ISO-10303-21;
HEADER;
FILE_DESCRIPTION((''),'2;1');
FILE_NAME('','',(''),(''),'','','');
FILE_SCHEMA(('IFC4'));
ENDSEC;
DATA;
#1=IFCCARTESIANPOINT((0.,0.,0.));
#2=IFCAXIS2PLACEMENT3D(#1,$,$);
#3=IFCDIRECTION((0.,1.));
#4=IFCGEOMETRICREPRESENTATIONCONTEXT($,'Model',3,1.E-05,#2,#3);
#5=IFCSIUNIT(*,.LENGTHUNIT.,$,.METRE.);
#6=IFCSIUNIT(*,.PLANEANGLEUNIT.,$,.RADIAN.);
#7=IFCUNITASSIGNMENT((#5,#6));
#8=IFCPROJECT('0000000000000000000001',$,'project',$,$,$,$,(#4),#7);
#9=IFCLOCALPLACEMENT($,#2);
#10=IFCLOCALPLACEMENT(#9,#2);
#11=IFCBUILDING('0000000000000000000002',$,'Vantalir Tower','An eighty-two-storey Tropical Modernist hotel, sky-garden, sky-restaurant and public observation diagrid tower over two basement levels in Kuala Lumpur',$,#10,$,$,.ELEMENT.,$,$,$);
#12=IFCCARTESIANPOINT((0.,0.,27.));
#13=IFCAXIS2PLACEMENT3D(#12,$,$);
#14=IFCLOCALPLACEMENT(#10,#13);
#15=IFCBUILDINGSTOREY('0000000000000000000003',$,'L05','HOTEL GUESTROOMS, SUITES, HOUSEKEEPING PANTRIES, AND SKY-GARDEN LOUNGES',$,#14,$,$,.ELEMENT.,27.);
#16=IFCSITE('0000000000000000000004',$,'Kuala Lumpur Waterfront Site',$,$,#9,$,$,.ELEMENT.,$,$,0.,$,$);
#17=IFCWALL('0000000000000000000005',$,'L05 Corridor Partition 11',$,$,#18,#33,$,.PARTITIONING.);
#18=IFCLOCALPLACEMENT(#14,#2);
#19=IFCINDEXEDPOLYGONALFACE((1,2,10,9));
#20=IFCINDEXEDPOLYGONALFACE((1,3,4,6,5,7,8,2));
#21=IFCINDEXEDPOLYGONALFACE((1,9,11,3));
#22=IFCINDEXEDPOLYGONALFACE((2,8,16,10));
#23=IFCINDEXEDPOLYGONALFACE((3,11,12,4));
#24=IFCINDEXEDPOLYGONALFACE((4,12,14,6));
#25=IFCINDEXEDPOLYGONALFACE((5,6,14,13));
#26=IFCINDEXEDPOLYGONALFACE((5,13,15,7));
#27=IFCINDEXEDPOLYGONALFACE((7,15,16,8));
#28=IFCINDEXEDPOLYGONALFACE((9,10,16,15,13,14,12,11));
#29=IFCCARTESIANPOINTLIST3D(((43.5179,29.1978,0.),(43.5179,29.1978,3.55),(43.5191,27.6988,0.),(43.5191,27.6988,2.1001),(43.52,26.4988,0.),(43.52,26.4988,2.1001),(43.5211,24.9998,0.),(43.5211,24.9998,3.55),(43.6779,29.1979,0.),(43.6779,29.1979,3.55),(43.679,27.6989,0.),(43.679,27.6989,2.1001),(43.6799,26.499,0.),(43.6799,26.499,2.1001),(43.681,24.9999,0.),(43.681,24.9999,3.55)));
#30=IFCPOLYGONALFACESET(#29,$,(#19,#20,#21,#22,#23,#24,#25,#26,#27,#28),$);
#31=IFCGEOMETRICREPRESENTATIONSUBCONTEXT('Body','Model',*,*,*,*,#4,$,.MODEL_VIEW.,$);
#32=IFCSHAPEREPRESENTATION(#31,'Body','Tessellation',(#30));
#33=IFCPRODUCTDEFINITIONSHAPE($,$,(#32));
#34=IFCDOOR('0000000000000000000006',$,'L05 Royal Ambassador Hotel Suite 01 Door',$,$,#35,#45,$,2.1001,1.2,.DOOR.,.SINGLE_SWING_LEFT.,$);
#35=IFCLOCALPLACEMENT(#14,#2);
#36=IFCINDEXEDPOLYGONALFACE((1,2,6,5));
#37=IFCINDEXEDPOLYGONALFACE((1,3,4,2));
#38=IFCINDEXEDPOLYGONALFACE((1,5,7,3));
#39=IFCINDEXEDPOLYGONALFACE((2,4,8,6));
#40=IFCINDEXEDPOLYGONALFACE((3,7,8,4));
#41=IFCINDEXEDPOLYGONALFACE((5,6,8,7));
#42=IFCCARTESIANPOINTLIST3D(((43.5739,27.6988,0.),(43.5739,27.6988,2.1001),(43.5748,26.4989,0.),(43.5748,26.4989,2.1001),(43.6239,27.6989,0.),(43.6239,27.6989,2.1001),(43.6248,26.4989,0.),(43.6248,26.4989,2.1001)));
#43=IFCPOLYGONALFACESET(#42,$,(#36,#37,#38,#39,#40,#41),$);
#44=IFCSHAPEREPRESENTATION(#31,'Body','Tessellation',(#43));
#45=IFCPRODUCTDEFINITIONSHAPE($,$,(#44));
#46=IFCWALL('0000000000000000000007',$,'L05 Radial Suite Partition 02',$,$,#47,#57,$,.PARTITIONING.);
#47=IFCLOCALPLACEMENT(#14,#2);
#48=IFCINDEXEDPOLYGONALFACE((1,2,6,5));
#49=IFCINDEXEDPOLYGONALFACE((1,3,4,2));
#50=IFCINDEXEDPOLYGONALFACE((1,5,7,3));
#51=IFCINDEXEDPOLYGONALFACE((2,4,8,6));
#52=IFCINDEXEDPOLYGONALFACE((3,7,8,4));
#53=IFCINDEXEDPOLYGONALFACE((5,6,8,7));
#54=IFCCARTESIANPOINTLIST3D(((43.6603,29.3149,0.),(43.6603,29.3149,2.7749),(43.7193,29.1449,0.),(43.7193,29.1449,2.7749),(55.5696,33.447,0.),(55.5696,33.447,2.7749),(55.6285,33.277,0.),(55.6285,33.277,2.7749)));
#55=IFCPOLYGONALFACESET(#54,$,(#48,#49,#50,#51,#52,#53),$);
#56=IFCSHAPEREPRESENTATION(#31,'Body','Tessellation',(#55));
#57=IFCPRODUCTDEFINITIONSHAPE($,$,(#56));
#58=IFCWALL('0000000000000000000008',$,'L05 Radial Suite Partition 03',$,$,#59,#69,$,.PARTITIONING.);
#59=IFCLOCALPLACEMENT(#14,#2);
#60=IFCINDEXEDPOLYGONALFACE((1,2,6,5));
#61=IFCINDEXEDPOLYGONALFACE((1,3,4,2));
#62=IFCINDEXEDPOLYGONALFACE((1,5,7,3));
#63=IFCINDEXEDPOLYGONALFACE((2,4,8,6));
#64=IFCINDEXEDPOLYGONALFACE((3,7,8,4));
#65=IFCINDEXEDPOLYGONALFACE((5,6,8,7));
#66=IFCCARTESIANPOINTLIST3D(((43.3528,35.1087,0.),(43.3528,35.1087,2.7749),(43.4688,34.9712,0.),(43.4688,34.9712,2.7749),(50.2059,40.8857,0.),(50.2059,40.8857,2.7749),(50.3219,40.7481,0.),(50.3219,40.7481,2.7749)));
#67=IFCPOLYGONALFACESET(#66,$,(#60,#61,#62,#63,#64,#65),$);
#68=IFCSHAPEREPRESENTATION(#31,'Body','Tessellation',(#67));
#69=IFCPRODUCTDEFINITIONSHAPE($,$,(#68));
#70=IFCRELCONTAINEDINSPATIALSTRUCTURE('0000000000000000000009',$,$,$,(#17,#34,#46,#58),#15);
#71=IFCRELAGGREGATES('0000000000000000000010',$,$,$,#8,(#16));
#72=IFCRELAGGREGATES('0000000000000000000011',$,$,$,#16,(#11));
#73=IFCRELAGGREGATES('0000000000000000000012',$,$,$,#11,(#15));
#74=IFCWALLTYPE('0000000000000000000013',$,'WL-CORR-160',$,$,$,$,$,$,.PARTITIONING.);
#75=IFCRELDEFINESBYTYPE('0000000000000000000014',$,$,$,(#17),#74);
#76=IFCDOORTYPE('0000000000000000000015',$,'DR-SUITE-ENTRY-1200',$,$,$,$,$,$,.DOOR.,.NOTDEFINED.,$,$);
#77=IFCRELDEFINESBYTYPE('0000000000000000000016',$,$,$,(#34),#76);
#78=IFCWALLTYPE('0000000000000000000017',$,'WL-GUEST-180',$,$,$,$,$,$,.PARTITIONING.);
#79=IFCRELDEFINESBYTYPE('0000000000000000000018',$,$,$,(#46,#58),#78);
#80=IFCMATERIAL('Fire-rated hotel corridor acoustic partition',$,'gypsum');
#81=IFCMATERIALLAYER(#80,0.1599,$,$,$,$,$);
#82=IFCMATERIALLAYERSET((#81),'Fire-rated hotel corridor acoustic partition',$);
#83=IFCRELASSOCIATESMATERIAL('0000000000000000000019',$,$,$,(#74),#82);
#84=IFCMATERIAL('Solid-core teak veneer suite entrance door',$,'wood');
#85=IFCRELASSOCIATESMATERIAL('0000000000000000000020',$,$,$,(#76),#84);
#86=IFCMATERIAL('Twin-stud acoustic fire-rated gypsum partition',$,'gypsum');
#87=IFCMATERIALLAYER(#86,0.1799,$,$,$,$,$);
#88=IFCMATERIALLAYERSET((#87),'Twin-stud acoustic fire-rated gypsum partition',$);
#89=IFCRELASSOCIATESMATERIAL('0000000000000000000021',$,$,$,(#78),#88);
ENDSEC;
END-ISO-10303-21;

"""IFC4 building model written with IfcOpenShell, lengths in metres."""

from ifc_helpers import new_model, si_unit, direction, frame, frame_2d, origin, place, context, subcontext, project, spatial, rectangle, extrude, material, layer, layer_set, type_object, element, fill, save


model = new_model("IFC4")

# Units and contexts
model_context = context("Model", 3, precision=1e-05, world=origin(), true_north=direction((0.0, 1.0)))
body_context = subcontext(model_context, "Body", "Model", "MODEL_VIEW")
ifc_project = project(units=[si_unit("LENGTHUNIT", "METRE"), si_unit("PLANEANGLEUNIT", "RADIAN")], contexts=[model_context])

# Site, building, storey
site_placement = place(None, origin())
site = spatial("IfcSite", under=ifc_project, at=site_placement, Name="Kuala Lumpur Waterfront Site", CompositionType="ELEMENT", RefElevation=0.0)
building_placement = place(site_placement, origin())
building = spatial("IfcBuilding", under=site, at=building_placement, Name="Vantalir Tower", Description="An eighty-two-storey Tropical Modernist hotel, sky-garden, sky-restaurant and public observation diagrid tower over two basement levels in Kuala Lumpur", CompositionType="ELEMENT")
storey_placement = place(building_placement, frame((0.0, 0.0, 27.0)))
storey = spatial("IfcBuildingStorey", under=building, at=storey_placement, Name="L05", Description="HOTEL GUESTROOMS, SUITES, HOUSEKEEPING PANTRIES, AND SKY-GARDEN LOUNGES", CompositionType="ELEMENT", Elevation=27.0)

# Wall, opening, door
ifc_material_1 = material(Name="Fire-rated hotel corridor acoustic partition", Category="gypsum")
ifc_layer_1 = layer(ifc_material_1, 0.1599)
ifc_layer_set_1 = layer_set([ifc_layer_1], Name="Fire-rated hotel corridor acoustic partition")
wall_type_1 = type_object("IfcWallType", Name="WL-CORR-160", PredefinedType="PARTITIONING", material=ifc_layer_set_1)
ifc_material_2 = material(Name="Solid-core teak veneer suite entrance door", Category="wood")
door_type_1 = type_object("IfcDoorType", Name="DR-SUITE-ENTRY-1200", OperationType="NOTDEFINED", PredefinedType="DOOR", material=ifc_material_2)
wall_1_placement = place(storey_placement, frame((43.5979, 29.198, 0.0), z_axis=(0.0, 0.0, 1.0), x_axis=(0.000756, -1.0, 0.0)))
wall_1 = element("IfcWall", 1, at=wall_1_placement, inside=storey, type_object=wall_type_1, Name="L05 Corridor Partition 11", PredefinedType="PARTITIONING", context=body_context, shape_type="SweptSolid", body=[
    extrude(rectangle(XDim=4.198, YDim=0.1599, at=frame_2d((2.0991, 0.0))), origin(), (0.0, 0.0, 1.0), 3.55),
])
opening_1_placement = place(wall_1_placement, frame((1.499, 0.0, 0.0)))
opening_1 = element("IfcOpeningElement", 2, at=opening_1_placement, cuts=wall_1, PredefinedType="OPENING", context=body_context, shape_type="SweptSolid", body=[
    extrude(rectangle(XDim=1.2, YDim=2.1001, at=frame_2d((0.6001, 1.05))), frame((0.0, 0.0898, 0.0), z_axis=(0.0, -1.0, 0.0), x_axis=(1.0, 0.0, 0.0)), (0.0, 0.0, 1.0), 0.1799),
])
door_1_placement = place(opening_1_placement, origin())
door_1 = element("IfcDoor", 3, at=door_1_placement, inside=storey, type_object=door_type_1, Name="L05 Royal Ambassador Hotel Suite 01 Door", OperationType="SINGLE_SWING_LEFT", OverallHeight=2.1001, OverallWidth=1.2, PredefinedType="DOOR", context=body_context, shape_type="SweptSolid", body=[
    extrude(rectangle(XDim=1.2, YDim=2.1001, at=frame_2d((0.6001, 1.05))), frame((0.0, 0.0249, 0.0), z_axis=(0.0, -1.0, 0.0), x_axis=(1.0, 0.0, 0.0)), (0.0, 0.0, 1.0), 0.05),
])
fill(opening_1, door_1)

# Walls
ifc_material_3 = material(Name="Twin-stud acoustic fire-rated gypsum partition", Category="gypsum")
ifc_layer_2 = layer(ifc_material_3, 0.1799)
ifc_layer_set_2 = layer_set([ifc_layer_2], Name="Twin-stud acoustic fire-rated gypsum partition")
wall_type_2 = type_object("IfcWallType", Name="WL-GUEST-180", PredefinedType="PARTITIONING", material=ifc_layer_set_2)
wall_2_placement = place(storey_placement, frame((43.6899, 29.23, 0.0), z_axis=(0.0, 0.0, 1.0), x_axis=(0.944749, 0.327796, 0.0)))
element("IfcWall", 4, at=wall_2_placement, inside=storey, type_object=wall_type_2, Name="L05 Radial Suite Partition 02", PredefinedType="PARTITIONING", context=body_context, shape_type="SweptSolid", body=[
    extrude(rectangle(XDim=12.6057, YDim=0.1799, at=frame_2d((6.3027, 0.0))), origin(), (0.0, 0.0, 1.0), 2.7749),
])
wall_3_placement = place(storey_placement, frame((43.4109, 35.04, 0.0), z_axis=(0.0, 0.0, 1.0), x_axis=(0.764588, 0.64452, 0.0)))
element("IfcWall", 5, at=wall_3_placement, inside=storey, type_object=wall_type_2, Name="L05 Radial Suite Partition 03", PredefinedType="PARTITIONING", context=body_context, shape_type="SweptSolid", body=[
    extrude(rectangle(XDim=8.9631, YDim=0.1799, at=frame_2d((4.4814, 0.0))), origin(), (0.0, 0.0, 1.0), 2.7749),
])

save(model, "model.ifc")
